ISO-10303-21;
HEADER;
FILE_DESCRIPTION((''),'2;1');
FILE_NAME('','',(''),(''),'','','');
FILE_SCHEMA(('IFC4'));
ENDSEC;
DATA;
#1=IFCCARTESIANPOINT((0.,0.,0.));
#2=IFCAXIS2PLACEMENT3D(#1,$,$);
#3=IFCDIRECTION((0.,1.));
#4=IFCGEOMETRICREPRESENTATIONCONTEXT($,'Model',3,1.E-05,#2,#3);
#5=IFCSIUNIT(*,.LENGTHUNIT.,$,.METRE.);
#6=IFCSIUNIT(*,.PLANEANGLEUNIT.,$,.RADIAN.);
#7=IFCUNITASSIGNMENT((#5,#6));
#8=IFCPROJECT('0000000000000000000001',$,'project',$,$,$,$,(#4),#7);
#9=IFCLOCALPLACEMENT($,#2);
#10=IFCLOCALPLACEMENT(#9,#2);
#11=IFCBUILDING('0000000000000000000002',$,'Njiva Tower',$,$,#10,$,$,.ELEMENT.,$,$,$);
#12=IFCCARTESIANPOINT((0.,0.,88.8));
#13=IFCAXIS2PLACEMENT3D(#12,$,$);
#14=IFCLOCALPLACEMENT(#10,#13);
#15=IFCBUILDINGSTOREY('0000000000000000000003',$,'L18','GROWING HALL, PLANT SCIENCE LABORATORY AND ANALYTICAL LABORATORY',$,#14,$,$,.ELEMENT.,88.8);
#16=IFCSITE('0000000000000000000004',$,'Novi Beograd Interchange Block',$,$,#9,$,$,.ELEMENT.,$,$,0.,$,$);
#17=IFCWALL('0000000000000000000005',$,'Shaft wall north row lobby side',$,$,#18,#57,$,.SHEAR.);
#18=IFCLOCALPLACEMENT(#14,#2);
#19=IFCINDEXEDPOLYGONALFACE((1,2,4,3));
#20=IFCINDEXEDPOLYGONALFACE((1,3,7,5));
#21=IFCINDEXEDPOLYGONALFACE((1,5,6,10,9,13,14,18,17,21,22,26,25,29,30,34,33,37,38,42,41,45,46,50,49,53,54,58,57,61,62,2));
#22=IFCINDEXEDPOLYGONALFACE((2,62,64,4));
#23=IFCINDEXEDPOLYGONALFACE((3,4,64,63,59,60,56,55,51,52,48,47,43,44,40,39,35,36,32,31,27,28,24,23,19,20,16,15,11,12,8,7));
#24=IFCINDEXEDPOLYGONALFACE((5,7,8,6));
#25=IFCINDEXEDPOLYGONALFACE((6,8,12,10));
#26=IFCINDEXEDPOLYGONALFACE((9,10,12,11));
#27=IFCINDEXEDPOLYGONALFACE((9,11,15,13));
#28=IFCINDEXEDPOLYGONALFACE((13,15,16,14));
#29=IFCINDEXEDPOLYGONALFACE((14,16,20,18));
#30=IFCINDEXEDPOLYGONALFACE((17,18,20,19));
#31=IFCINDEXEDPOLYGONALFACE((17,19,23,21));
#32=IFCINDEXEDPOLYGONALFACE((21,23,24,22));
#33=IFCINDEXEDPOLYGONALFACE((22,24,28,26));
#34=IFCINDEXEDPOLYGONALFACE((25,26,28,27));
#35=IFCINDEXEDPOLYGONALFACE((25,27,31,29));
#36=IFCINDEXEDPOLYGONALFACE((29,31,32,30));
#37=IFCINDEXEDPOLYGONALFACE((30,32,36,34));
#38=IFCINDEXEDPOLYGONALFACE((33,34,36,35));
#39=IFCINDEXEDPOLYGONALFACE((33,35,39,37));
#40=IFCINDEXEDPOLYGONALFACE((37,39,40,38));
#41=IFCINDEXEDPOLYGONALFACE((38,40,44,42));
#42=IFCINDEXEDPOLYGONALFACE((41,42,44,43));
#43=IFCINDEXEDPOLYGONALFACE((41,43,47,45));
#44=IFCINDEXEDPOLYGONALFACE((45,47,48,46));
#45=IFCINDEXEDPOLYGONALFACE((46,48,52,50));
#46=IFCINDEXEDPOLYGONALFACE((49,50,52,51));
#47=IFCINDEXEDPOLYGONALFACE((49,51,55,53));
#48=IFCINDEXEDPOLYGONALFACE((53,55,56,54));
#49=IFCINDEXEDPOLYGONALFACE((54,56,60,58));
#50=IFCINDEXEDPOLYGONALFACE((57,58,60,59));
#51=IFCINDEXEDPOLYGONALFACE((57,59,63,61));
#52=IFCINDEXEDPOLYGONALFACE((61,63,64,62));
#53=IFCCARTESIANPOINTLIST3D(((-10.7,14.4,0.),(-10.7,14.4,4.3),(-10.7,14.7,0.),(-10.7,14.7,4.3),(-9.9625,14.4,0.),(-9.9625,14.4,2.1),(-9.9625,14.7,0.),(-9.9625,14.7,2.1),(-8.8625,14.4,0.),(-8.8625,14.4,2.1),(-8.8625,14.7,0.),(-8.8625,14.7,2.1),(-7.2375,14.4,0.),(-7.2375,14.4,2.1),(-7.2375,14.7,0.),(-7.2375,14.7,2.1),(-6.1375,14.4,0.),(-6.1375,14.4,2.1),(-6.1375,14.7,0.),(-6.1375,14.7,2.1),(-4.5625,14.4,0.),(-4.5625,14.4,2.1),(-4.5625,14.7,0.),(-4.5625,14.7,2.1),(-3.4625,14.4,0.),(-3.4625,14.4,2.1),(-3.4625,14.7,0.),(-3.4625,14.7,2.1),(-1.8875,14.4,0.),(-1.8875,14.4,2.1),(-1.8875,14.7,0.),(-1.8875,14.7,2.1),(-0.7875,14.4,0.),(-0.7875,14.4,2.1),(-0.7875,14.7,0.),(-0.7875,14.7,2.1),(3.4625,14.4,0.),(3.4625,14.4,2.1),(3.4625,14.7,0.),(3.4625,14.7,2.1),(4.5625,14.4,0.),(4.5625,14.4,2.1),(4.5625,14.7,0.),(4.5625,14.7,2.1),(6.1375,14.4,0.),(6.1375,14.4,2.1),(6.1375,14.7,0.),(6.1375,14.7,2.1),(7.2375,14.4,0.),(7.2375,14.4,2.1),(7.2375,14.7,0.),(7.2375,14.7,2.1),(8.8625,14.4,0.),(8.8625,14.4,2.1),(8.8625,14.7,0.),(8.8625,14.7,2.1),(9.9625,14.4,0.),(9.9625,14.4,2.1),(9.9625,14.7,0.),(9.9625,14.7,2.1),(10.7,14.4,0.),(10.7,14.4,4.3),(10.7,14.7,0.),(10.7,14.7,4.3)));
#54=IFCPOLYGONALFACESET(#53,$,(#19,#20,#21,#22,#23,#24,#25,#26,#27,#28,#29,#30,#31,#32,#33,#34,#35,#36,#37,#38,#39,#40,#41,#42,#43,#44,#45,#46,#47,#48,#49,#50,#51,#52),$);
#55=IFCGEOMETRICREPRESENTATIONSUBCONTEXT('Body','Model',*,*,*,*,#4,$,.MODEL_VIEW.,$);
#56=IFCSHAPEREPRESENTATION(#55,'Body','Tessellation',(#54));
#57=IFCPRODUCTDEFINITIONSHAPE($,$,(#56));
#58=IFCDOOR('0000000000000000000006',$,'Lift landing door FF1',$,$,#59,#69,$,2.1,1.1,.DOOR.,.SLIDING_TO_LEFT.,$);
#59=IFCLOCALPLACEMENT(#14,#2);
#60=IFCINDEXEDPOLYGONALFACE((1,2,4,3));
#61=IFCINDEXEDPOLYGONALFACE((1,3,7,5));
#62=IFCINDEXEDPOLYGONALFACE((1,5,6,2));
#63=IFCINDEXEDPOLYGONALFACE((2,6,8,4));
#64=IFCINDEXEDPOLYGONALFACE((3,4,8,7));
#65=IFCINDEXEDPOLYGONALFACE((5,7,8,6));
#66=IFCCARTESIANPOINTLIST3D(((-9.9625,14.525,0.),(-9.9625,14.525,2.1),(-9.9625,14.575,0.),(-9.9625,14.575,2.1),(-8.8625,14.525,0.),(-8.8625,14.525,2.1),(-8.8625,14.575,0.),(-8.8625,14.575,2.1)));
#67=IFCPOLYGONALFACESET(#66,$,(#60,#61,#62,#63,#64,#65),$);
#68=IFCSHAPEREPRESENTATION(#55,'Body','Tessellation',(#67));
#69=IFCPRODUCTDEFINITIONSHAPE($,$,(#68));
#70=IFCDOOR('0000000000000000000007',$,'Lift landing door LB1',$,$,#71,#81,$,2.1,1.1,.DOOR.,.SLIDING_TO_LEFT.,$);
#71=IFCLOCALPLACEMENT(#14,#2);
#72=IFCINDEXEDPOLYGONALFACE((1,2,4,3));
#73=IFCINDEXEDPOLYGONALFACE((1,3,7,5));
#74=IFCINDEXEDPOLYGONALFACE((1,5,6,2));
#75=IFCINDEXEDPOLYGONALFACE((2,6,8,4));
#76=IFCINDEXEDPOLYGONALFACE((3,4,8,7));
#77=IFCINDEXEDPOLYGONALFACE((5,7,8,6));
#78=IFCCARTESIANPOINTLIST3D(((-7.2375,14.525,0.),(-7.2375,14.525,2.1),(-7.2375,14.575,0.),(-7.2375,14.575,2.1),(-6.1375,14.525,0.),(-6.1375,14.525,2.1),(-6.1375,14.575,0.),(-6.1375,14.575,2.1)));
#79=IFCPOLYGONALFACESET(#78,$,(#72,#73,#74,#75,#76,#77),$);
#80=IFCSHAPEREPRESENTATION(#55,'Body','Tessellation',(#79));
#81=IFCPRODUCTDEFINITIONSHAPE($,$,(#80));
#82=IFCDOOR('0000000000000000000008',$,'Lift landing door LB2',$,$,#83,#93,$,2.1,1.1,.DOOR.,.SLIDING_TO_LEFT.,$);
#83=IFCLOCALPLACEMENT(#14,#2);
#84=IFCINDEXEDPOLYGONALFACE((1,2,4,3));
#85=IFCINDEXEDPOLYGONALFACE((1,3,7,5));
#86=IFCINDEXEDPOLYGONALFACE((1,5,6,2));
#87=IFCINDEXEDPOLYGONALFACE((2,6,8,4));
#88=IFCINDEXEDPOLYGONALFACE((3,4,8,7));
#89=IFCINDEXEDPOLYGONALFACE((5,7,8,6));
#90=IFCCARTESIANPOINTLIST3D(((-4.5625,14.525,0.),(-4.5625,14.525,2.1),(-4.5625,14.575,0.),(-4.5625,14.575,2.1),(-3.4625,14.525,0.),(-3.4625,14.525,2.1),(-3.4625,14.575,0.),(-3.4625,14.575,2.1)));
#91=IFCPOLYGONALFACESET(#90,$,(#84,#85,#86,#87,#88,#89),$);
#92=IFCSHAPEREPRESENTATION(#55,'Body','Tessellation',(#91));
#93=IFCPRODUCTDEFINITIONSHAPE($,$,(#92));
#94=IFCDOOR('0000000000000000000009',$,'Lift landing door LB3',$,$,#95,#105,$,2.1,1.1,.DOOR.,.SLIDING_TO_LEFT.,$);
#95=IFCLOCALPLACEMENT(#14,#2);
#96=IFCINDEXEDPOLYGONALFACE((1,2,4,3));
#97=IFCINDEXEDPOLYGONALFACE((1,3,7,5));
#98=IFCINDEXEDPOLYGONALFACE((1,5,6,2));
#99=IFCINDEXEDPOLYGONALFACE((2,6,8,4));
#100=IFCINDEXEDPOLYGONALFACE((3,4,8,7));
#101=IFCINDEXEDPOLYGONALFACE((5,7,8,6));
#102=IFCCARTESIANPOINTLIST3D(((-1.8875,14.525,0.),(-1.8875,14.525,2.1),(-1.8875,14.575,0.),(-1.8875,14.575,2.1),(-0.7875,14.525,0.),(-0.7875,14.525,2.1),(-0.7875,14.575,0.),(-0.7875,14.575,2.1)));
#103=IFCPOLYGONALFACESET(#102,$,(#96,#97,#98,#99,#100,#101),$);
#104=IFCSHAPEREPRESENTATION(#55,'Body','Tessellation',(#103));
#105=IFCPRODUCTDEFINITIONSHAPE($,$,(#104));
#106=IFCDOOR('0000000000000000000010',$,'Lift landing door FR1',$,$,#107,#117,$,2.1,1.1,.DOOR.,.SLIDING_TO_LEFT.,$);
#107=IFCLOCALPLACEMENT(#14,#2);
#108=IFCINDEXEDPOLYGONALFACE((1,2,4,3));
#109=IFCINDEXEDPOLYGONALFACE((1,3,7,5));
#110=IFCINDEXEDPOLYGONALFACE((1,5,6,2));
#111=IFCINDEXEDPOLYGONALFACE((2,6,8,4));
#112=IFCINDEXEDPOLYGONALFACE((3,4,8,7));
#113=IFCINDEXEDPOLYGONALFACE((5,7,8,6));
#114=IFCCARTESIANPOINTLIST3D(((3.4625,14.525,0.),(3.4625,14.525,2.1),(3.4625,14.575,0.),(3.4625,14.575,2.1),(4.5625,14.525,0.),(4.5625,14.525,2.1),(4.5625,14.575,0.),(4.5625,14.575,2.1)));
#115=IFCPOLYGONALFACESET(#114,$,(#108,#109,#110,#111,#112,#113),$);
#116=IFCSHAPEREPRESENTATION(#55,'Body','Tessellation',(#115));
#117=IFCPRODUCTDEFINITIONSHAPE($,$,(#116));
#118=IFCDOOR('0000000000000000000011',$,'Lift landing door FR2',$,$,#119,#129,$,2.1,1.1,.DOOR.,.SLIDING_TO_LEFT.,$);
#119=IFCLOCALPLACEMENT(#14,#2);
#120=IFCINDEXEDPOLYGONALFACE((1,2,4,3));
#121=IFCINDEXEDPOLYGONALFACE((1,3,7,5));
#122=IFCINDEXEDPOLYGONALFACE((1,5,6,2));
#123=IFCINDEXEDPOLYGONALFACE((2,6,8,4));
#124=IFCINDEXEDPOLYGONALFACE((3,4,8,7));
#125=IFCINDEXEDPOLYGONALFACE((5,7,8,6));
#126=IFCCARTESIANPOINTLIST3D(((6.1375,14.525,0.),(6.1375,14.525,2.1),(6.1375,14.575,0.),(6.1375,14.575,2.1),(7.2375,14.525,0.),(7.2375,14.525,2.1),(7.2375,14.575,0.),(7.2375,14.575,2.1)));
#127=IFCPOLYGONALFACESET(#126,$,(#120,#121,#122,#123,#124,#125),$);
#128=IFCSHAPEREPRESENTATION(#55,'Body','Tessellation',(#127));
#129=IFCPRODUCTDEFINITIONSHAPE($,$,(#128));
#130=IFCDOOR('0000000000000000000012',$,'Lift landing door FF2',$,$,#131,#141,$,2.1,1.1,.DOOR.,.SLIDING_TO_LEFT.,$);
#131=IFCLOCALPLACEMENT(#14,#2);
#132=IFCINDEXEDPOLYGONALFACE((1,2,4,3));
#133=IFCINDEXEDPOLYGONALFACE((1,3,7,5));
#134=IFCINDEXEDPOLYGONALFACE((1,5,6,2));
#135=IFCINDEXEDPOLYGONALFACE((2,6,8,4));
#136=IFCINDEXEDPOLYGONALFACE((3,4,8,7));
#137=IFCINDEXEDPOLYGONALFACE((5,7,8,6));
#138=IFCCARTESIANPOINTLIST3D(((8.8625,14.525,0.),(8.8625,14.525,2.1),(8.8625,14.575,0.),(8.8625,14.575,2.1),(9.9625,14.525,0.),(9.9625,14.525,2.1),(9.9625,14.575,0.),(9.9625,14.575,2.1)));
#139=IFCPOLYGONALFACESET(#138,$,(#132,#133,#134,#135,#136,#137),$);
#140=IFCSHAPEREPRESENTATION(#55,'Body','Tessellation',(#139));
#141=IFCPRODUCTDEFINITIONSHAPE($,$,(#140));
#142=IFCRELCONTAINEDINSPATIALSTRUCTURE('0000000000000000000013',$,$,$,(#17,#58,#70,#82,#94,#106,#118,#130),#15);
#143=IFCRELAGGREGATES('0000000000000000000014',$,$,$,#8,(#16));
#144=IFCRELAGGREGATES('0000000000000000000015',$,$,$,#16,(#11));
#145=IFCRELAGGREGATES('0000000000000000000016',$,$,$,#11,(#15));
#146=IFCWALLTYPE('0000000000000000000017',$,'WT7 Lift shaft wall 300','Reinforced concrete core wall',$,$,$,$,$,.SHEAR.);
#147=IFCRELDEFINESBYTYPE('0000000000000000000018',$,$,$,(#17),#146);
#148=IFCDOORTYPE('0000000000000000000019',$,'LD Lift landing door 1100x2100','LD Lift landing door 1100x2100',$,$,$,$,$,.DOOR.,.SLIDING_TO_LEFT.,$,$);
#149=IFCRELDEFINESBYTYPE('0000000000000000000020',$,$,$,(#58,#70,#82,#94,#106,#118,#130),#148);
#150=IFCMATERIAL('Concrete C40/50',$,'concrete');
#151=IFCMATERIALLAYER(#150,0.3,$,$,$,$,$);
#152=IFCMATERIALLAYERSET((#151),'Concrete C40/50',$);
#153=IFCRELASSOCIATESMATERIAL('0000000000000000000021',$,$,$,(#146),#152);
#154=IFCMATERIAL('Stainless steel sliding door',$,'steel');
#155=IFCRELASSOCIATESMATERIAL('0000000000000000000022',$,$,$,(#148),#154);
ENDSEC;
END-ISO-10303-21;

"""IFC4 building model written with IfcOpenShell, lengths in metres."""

from ifc_helpers import new_model, si_unit, direction, frame, frame_2d, origin, place, context, subcontext, project, spatial, rectangle, extrude, material, layer, layer_set, type_object, element, fill, save


model = new_model("IFC4")

# Units and contexts
model_context = context("Model", 3, precision=1e-05, world=origin(), true_north=direction((0.0, 1.0)))
body_context = subcontext(model_context, "Body", "Model", "MODEL_VIEW")
ifc_project = project(units=[si_unit("LENGTHUNIT", "METRE"), si_unit("PLANEANGLEUNIT", "RADIAN")], contexts=[model_context])

# Site, building, storey
site_placement = place(None, origin())
site = spatial("IfcSite", under=ifc_project, at=site_placement, Name="Novi Beograd Interchange Block", CompositionType="ELEMENT", RefElevation=0.0)
building_placement = place(site_placement, origin())
building = spatial("IfcBuilding", under=site, at=building_placement, Name="Njiva Tower", CompositionType="ELEMENT")
storey_placement = place(building_placement, frame((0.0, 0.0, 88.8)))
storey = spatial("IfcBuildingStorey", under=building, at=storey_placement, Name="L18", Description="GROWING HALL, PLANT SCIENCE LABORATORY AND ANALYTICAL LABORATORY", CompositionType="ELEMENT", Elevation=88.8)

# Shared definitions
ifc_material_1 = material(Name="Concrete C40/50", Category="concrete")

# Wall, openings, doors
ifc_layer_1 = layer(ifc_material_1, 0.3)
ifc_layer_set_1 = layer_set([ifc_layer_1], Name="Concrete C40/50")
wall_type_1 = type_object("IfcWallType", Name="WT7 Lift shaft wall 300", Description="Reinforced concrete core wall", PredefinedType="SHEAR", material=ifc_layer_set_1)
wall_1_placement = place(storey_placement, frame((-10.7, 14.55, 0.0), z_axis=(0.0, 0.0, 1.0), x_axis=(1.0, 0.0, 0.0)))
wall_1 = element("IfcWall", 1, at=wall_1_placement, inside=storey, type_object=wall_type_1, Name="Shaft wall north row lobby side", PredefinedType="SHEAR", context=body_context, shape_type="SweptSolid", body=[
    extrude(rectangle(XDim=21.4, YDim=0.3, at=frame_2d((10.7, 0.0))), origin(), (0.0, 0.0, 1.0), 4.3),
])
opening_1_placement = place(wall_1_placement, frame((0.7375, 0.0, 0.0)))
opening_1 = element("IfcOpeningElement", 2, at=opening_1_placement, cuts=wall_1, PredefinedType="OPENING", context=body_context, shape_type="SweptSolid", body=[
    extrude(rectangle(XDim=1.1, YDim=2.1, at=frame_2d((0.55, 1.05))), frame((0.0, 0.16, 0.0), z_axis=(0.0, -1.0, 0.0), x_axis=(1.0, 0.0, 0.0)), (0.0, 0.0, 1.0), 0.32),
])
opening_2_placement = place(wall_1_placement, frame((3.4625, 0.0, 0.0)))
opening_2 = element("IfcOpeningElement", 3, at=opening_2_placement, cuts=wall_1, PredefinedType="OPENING", context=body_context, shape_type="SweptSolid", body=[
    extrude(rectangle(XDim=1.1, YDim=2.1, at=frame_2d((0.55, 1.05))), frame((0.0, 0.16, 0.0), z_axis=(0.0, -1.0, 0.0), x_axis=(1.0, 0.0, 0.0)), (0.0, 0.0, 1.0), 0.32),
])
opening_3_placement = place(wall_1_placement, frame((6.1375, 0.0, 0.0)))
opening_3 = element("IfcOpeningElement", 4, at=opening_3_placement, cuts=wall_1, PredefinedType="OPENING", context=body_context, shape_type="SweptSolid", body=[
    extrude(rectangle(XDim=1.1, YDim=2.1, at=frame_2d((0.55, 1.05))), frame((0.0, 0.16, 0.0), z_axis=(0.0, -1.0, 0.0), x_axis=(1.0, 0.0, 0.0)), (0.0, 0.0, 1.0), 0.32),
])
opening_4_placement = place(wall_1_placement, frame((8.8125, 0.0, 0.0)))
opening_4 = element("IfcOpeningElement", 5, at=opening_4_placement, cuts=wall_1, PredefinedType="OPENING", context=body_context, shape_type="SweptSolid", body=[
    extrude(rectangle(XDim=1.1, YDim=2.1, at=frame_2d((0.55, 1.05))), frame((0.0, 0.16, 0.0), z_axis=(0.0, -1.0, 0.0), x_axis=(1.0, 0.0, 0.0)), (0.0, 0.0, 1.0), 0.32),
])
opening_5_placement = place(wall_1_placement, frame((14.1625, 0.0, 0.0)))
opening_5 = element("IfcOpeningElement", 6, at=opening_5_placement, cuts=wall_1, PredefinedType="OPENING", context=body_context, shape_type="SweptSolid", body=[
    extrude(rectangle(XDim=1.1, YDim=2.1, at=frame_2d((0.55, 1.05))), frame((0.0, 0.16, 0.0), z_axis=(0.0, -1.0, 0.0), x_axis=(1.0, 0.0, 0.0)), (0.0, 0.0, 1.0), 0.32),
])
opening_6_placement = place(wall_1_placement, frame((16.8375, 0.0, 0.0)))
opening_6 = element("IfcOpeningElement", 7, at=opening_6_placement, cuts=wall_1, PredefinedType="OPENING", context=body_context, shape_type="SweptSolid", body=[
    extrude(rectangle(XDim=1.1, YDim=2.1, at=frame_2d((0.55, 1.05))), frame((0.0, 0.16, 0.0), z_axis=(0.0, -1.0, 0.0), x_axis=(1.0, 0.0, 0.0)), (0.0, 0.0, 1.0), 0.32),
])
opening_7_placement = place(wall_1_placement, frame((19.5625, 0.0, 0.0)))
opening_7 = element("IfcOpeningElement", 8, at=opening_7_placement, cuts=wall_1, PredefinedType="OPENING", context=body_context, shape_type="SweptSolid", body=[
    extrude(rectangle(XDim=1.1, YDim=2.1, at=frame_2d((0.55, 1.05))), frame((0.0, 0.16, 0.0), z_axis=(0.0, -1.0, 0.0), x_axis=(1.0, 0.0, 0.0)), (0.0, 0.0, 1.0), 0.32),
])
ifc_material_2 = material(Name="Stainless steel sliding door", Category="steel")
door_type_1 = type_object("IfcDoorType", Name="LD Lift landing door 1100x2100", Description="LD Lift landing door 1100x2100", OperationType="SLIDING_TO_LEFT", PredefinedType="DOOR", material=ifc_material_2)
door_1_placement = place(opening_1_placement, origin())
door_1 = element("IfcDoor", 9, at=door_1_placement, inside=storey, type_object=door_type_1, Name="Lift landing door FF1", OperationType="SLIDING_TO_LEFT", OverallHeight=2.1, OverallWidth=1.1, PredefinedType="DOOR", context=body_context, shape_type="SweptSolid", body=[
    extrude(rectangle(XDim=1.1, YDim=2.1, at=frame_2d((0.55, 1.05))), frame((0.0, 0.025, 0.0), z_axis=(0.0, -1.0, 0.0), x_axis=(1.0, 0.0, 0.0)), (0.0, 0.0, 1.0), 0.05),
])
fill(opening_1, door_1)
door_2_placement = place(opening_2_placement, origin())
door_2 = element("IfcDoor", 10, at=door_2_placement, inside=storey, type_object=door_type_1, Name="Lift landing door LB1", OperationType="SLIDING_TO_LEFT", OverallHeight=2.1, OverallWidth=1.1, PredefinedType="DOOR", context=body_context, shape_type="SweptSolid", body=[
    extrude(rectangle(XDim=1.1, YDim=2.1, at=frame_2d((0.55, 1.05))), frame((0.0, 0.025, 0.0), z_axis=(0.0, -1.0, 0.0), x_axis=(1.0, 0.0, 0.0)), (0.0, 0.0, 1.0), 0.05),
])
fill(opening_2, door_2)
door_3_placement = place(opening_3_placement, origin())
door_3 = element("IfcDoor", 11, at=door_3_placement, inside=storey, type_object=door_type_1, Name="Lift landing door LB2", OperationType="SLIDING_TO_LEFT", OverallHeight=2.1, OverallWidth=1.1, PredefinedType="DOOR", context=body_context, shape_type="SweptSolid", body=[
    extrude(rectangle(XDim=1.1, YDim=2.1, at=frame_2d((0.55, 1.05))), frame((0.0, 0.025, 0.0), z_axis=(0.0, -1.0, 0.0), x_axis=(1.0, 0.0, 0.0)), (0.0, 0.0, 1.0), 0.05),
])
fill(opening_3, door_3)
door_4_placement = place(opening_4_placement, origin())
door_4 = element("IfcDoor", 12, at=door_4_placement, inside=storey, type_object=door_type_1, Name="Lift landing door LB3", OperationType="SLIDING_TO_LEFT", OverallHeight=2.1, OverallWidth=1.1, PredefinedType="DOOR", context=body_context, shape_type="SweptSolid", body=[
    extrude(rectangle(XDim=1.1, YDim=2.1, at=frame_2d((0.55, 1.05))), frame((0.0, 0.025, 0.0), z_axis=(0.0, -1.0, 0.0), x_axis=(1.0, 0.0, 0.0)), (0.0, 0.0, 1.0), 0.05),
])
fill(opening_4, door_4)
door_5_placement = place(opening_5_placement, origin())
door_5 = element("IfcDoor", 13, at=door_5_placement, inside=storey, type_object=door_type_1, Name="Lift landing door FR1", OperationType="SLIDING_TO_LEFT", OverallHeight=2.1, OverallWidth=1.1, PredefinedType="DOOR", context=body_context, shape_type="SweptSolid", body=[
    extrude(rectangle(XDim=1.1, YDim=2.1, at=frame_2d((0.55, 1.05))), frame((0.0, 0.025, 0.0), z_axis=(0.0, -1.0, 0.0), x_axis=(1.0, 0.0, 0.0)), (0.0, 0.0, 1.0), 0.05),
])
fill(opening_5, door_5)
door_6_placement = place(opening_6_placement, origin())
door_6 = element("IfcDoor", 14, at=door_6_placement, inside=storey, type_object=door_type_1, Name="Lift landing door FR2", OperationType="SLIDING_TO_LEFT", OverallHeight=2.1, OverallWidth=1.1, PredefinedType="DOOR", context=body_context, shape_type="SweptSolid", body=[
    extrude(rectangle(XDim=1.1, YDim=2.1, at=frame_2d((0.55, 1.05))), frame((0.0, 0.025, 0.0), z_axis=(0.0, -1.0, 0.0), x_axis=(1.0, 0.0, 0.0)), (0.0, 0.0, 1.0), 0.05),
])
fill(opening_6, door_6)
door_7_placement = place(opening_7_placement, origin())
door_7 = element("IfcDoor", 15, at=door_7_placement, inside=storey, type_object=door_type_1, Name="Lift landing door FF2", OperationType="SLIDING_TO_LEFT", OverallHeight=2.1, OverallWidth=1.1, PredefinedType="DOOR", context=body_context, shape_type="SweptSolid", body=[
    extrude(rectangle(XDim=1.1, YDim=2.1, at=frame_2d((0.55, 1.05))), frame((0.0, 0.025, 0.0), z_axis=(0.0, -1.0, 0.0), x_axis=(1.0, 0.0, 0.0)), (0.0, 0.0, 1.0), 0.05),
])
fill(opening_7, door_7)

save(model, "model.ifc")
